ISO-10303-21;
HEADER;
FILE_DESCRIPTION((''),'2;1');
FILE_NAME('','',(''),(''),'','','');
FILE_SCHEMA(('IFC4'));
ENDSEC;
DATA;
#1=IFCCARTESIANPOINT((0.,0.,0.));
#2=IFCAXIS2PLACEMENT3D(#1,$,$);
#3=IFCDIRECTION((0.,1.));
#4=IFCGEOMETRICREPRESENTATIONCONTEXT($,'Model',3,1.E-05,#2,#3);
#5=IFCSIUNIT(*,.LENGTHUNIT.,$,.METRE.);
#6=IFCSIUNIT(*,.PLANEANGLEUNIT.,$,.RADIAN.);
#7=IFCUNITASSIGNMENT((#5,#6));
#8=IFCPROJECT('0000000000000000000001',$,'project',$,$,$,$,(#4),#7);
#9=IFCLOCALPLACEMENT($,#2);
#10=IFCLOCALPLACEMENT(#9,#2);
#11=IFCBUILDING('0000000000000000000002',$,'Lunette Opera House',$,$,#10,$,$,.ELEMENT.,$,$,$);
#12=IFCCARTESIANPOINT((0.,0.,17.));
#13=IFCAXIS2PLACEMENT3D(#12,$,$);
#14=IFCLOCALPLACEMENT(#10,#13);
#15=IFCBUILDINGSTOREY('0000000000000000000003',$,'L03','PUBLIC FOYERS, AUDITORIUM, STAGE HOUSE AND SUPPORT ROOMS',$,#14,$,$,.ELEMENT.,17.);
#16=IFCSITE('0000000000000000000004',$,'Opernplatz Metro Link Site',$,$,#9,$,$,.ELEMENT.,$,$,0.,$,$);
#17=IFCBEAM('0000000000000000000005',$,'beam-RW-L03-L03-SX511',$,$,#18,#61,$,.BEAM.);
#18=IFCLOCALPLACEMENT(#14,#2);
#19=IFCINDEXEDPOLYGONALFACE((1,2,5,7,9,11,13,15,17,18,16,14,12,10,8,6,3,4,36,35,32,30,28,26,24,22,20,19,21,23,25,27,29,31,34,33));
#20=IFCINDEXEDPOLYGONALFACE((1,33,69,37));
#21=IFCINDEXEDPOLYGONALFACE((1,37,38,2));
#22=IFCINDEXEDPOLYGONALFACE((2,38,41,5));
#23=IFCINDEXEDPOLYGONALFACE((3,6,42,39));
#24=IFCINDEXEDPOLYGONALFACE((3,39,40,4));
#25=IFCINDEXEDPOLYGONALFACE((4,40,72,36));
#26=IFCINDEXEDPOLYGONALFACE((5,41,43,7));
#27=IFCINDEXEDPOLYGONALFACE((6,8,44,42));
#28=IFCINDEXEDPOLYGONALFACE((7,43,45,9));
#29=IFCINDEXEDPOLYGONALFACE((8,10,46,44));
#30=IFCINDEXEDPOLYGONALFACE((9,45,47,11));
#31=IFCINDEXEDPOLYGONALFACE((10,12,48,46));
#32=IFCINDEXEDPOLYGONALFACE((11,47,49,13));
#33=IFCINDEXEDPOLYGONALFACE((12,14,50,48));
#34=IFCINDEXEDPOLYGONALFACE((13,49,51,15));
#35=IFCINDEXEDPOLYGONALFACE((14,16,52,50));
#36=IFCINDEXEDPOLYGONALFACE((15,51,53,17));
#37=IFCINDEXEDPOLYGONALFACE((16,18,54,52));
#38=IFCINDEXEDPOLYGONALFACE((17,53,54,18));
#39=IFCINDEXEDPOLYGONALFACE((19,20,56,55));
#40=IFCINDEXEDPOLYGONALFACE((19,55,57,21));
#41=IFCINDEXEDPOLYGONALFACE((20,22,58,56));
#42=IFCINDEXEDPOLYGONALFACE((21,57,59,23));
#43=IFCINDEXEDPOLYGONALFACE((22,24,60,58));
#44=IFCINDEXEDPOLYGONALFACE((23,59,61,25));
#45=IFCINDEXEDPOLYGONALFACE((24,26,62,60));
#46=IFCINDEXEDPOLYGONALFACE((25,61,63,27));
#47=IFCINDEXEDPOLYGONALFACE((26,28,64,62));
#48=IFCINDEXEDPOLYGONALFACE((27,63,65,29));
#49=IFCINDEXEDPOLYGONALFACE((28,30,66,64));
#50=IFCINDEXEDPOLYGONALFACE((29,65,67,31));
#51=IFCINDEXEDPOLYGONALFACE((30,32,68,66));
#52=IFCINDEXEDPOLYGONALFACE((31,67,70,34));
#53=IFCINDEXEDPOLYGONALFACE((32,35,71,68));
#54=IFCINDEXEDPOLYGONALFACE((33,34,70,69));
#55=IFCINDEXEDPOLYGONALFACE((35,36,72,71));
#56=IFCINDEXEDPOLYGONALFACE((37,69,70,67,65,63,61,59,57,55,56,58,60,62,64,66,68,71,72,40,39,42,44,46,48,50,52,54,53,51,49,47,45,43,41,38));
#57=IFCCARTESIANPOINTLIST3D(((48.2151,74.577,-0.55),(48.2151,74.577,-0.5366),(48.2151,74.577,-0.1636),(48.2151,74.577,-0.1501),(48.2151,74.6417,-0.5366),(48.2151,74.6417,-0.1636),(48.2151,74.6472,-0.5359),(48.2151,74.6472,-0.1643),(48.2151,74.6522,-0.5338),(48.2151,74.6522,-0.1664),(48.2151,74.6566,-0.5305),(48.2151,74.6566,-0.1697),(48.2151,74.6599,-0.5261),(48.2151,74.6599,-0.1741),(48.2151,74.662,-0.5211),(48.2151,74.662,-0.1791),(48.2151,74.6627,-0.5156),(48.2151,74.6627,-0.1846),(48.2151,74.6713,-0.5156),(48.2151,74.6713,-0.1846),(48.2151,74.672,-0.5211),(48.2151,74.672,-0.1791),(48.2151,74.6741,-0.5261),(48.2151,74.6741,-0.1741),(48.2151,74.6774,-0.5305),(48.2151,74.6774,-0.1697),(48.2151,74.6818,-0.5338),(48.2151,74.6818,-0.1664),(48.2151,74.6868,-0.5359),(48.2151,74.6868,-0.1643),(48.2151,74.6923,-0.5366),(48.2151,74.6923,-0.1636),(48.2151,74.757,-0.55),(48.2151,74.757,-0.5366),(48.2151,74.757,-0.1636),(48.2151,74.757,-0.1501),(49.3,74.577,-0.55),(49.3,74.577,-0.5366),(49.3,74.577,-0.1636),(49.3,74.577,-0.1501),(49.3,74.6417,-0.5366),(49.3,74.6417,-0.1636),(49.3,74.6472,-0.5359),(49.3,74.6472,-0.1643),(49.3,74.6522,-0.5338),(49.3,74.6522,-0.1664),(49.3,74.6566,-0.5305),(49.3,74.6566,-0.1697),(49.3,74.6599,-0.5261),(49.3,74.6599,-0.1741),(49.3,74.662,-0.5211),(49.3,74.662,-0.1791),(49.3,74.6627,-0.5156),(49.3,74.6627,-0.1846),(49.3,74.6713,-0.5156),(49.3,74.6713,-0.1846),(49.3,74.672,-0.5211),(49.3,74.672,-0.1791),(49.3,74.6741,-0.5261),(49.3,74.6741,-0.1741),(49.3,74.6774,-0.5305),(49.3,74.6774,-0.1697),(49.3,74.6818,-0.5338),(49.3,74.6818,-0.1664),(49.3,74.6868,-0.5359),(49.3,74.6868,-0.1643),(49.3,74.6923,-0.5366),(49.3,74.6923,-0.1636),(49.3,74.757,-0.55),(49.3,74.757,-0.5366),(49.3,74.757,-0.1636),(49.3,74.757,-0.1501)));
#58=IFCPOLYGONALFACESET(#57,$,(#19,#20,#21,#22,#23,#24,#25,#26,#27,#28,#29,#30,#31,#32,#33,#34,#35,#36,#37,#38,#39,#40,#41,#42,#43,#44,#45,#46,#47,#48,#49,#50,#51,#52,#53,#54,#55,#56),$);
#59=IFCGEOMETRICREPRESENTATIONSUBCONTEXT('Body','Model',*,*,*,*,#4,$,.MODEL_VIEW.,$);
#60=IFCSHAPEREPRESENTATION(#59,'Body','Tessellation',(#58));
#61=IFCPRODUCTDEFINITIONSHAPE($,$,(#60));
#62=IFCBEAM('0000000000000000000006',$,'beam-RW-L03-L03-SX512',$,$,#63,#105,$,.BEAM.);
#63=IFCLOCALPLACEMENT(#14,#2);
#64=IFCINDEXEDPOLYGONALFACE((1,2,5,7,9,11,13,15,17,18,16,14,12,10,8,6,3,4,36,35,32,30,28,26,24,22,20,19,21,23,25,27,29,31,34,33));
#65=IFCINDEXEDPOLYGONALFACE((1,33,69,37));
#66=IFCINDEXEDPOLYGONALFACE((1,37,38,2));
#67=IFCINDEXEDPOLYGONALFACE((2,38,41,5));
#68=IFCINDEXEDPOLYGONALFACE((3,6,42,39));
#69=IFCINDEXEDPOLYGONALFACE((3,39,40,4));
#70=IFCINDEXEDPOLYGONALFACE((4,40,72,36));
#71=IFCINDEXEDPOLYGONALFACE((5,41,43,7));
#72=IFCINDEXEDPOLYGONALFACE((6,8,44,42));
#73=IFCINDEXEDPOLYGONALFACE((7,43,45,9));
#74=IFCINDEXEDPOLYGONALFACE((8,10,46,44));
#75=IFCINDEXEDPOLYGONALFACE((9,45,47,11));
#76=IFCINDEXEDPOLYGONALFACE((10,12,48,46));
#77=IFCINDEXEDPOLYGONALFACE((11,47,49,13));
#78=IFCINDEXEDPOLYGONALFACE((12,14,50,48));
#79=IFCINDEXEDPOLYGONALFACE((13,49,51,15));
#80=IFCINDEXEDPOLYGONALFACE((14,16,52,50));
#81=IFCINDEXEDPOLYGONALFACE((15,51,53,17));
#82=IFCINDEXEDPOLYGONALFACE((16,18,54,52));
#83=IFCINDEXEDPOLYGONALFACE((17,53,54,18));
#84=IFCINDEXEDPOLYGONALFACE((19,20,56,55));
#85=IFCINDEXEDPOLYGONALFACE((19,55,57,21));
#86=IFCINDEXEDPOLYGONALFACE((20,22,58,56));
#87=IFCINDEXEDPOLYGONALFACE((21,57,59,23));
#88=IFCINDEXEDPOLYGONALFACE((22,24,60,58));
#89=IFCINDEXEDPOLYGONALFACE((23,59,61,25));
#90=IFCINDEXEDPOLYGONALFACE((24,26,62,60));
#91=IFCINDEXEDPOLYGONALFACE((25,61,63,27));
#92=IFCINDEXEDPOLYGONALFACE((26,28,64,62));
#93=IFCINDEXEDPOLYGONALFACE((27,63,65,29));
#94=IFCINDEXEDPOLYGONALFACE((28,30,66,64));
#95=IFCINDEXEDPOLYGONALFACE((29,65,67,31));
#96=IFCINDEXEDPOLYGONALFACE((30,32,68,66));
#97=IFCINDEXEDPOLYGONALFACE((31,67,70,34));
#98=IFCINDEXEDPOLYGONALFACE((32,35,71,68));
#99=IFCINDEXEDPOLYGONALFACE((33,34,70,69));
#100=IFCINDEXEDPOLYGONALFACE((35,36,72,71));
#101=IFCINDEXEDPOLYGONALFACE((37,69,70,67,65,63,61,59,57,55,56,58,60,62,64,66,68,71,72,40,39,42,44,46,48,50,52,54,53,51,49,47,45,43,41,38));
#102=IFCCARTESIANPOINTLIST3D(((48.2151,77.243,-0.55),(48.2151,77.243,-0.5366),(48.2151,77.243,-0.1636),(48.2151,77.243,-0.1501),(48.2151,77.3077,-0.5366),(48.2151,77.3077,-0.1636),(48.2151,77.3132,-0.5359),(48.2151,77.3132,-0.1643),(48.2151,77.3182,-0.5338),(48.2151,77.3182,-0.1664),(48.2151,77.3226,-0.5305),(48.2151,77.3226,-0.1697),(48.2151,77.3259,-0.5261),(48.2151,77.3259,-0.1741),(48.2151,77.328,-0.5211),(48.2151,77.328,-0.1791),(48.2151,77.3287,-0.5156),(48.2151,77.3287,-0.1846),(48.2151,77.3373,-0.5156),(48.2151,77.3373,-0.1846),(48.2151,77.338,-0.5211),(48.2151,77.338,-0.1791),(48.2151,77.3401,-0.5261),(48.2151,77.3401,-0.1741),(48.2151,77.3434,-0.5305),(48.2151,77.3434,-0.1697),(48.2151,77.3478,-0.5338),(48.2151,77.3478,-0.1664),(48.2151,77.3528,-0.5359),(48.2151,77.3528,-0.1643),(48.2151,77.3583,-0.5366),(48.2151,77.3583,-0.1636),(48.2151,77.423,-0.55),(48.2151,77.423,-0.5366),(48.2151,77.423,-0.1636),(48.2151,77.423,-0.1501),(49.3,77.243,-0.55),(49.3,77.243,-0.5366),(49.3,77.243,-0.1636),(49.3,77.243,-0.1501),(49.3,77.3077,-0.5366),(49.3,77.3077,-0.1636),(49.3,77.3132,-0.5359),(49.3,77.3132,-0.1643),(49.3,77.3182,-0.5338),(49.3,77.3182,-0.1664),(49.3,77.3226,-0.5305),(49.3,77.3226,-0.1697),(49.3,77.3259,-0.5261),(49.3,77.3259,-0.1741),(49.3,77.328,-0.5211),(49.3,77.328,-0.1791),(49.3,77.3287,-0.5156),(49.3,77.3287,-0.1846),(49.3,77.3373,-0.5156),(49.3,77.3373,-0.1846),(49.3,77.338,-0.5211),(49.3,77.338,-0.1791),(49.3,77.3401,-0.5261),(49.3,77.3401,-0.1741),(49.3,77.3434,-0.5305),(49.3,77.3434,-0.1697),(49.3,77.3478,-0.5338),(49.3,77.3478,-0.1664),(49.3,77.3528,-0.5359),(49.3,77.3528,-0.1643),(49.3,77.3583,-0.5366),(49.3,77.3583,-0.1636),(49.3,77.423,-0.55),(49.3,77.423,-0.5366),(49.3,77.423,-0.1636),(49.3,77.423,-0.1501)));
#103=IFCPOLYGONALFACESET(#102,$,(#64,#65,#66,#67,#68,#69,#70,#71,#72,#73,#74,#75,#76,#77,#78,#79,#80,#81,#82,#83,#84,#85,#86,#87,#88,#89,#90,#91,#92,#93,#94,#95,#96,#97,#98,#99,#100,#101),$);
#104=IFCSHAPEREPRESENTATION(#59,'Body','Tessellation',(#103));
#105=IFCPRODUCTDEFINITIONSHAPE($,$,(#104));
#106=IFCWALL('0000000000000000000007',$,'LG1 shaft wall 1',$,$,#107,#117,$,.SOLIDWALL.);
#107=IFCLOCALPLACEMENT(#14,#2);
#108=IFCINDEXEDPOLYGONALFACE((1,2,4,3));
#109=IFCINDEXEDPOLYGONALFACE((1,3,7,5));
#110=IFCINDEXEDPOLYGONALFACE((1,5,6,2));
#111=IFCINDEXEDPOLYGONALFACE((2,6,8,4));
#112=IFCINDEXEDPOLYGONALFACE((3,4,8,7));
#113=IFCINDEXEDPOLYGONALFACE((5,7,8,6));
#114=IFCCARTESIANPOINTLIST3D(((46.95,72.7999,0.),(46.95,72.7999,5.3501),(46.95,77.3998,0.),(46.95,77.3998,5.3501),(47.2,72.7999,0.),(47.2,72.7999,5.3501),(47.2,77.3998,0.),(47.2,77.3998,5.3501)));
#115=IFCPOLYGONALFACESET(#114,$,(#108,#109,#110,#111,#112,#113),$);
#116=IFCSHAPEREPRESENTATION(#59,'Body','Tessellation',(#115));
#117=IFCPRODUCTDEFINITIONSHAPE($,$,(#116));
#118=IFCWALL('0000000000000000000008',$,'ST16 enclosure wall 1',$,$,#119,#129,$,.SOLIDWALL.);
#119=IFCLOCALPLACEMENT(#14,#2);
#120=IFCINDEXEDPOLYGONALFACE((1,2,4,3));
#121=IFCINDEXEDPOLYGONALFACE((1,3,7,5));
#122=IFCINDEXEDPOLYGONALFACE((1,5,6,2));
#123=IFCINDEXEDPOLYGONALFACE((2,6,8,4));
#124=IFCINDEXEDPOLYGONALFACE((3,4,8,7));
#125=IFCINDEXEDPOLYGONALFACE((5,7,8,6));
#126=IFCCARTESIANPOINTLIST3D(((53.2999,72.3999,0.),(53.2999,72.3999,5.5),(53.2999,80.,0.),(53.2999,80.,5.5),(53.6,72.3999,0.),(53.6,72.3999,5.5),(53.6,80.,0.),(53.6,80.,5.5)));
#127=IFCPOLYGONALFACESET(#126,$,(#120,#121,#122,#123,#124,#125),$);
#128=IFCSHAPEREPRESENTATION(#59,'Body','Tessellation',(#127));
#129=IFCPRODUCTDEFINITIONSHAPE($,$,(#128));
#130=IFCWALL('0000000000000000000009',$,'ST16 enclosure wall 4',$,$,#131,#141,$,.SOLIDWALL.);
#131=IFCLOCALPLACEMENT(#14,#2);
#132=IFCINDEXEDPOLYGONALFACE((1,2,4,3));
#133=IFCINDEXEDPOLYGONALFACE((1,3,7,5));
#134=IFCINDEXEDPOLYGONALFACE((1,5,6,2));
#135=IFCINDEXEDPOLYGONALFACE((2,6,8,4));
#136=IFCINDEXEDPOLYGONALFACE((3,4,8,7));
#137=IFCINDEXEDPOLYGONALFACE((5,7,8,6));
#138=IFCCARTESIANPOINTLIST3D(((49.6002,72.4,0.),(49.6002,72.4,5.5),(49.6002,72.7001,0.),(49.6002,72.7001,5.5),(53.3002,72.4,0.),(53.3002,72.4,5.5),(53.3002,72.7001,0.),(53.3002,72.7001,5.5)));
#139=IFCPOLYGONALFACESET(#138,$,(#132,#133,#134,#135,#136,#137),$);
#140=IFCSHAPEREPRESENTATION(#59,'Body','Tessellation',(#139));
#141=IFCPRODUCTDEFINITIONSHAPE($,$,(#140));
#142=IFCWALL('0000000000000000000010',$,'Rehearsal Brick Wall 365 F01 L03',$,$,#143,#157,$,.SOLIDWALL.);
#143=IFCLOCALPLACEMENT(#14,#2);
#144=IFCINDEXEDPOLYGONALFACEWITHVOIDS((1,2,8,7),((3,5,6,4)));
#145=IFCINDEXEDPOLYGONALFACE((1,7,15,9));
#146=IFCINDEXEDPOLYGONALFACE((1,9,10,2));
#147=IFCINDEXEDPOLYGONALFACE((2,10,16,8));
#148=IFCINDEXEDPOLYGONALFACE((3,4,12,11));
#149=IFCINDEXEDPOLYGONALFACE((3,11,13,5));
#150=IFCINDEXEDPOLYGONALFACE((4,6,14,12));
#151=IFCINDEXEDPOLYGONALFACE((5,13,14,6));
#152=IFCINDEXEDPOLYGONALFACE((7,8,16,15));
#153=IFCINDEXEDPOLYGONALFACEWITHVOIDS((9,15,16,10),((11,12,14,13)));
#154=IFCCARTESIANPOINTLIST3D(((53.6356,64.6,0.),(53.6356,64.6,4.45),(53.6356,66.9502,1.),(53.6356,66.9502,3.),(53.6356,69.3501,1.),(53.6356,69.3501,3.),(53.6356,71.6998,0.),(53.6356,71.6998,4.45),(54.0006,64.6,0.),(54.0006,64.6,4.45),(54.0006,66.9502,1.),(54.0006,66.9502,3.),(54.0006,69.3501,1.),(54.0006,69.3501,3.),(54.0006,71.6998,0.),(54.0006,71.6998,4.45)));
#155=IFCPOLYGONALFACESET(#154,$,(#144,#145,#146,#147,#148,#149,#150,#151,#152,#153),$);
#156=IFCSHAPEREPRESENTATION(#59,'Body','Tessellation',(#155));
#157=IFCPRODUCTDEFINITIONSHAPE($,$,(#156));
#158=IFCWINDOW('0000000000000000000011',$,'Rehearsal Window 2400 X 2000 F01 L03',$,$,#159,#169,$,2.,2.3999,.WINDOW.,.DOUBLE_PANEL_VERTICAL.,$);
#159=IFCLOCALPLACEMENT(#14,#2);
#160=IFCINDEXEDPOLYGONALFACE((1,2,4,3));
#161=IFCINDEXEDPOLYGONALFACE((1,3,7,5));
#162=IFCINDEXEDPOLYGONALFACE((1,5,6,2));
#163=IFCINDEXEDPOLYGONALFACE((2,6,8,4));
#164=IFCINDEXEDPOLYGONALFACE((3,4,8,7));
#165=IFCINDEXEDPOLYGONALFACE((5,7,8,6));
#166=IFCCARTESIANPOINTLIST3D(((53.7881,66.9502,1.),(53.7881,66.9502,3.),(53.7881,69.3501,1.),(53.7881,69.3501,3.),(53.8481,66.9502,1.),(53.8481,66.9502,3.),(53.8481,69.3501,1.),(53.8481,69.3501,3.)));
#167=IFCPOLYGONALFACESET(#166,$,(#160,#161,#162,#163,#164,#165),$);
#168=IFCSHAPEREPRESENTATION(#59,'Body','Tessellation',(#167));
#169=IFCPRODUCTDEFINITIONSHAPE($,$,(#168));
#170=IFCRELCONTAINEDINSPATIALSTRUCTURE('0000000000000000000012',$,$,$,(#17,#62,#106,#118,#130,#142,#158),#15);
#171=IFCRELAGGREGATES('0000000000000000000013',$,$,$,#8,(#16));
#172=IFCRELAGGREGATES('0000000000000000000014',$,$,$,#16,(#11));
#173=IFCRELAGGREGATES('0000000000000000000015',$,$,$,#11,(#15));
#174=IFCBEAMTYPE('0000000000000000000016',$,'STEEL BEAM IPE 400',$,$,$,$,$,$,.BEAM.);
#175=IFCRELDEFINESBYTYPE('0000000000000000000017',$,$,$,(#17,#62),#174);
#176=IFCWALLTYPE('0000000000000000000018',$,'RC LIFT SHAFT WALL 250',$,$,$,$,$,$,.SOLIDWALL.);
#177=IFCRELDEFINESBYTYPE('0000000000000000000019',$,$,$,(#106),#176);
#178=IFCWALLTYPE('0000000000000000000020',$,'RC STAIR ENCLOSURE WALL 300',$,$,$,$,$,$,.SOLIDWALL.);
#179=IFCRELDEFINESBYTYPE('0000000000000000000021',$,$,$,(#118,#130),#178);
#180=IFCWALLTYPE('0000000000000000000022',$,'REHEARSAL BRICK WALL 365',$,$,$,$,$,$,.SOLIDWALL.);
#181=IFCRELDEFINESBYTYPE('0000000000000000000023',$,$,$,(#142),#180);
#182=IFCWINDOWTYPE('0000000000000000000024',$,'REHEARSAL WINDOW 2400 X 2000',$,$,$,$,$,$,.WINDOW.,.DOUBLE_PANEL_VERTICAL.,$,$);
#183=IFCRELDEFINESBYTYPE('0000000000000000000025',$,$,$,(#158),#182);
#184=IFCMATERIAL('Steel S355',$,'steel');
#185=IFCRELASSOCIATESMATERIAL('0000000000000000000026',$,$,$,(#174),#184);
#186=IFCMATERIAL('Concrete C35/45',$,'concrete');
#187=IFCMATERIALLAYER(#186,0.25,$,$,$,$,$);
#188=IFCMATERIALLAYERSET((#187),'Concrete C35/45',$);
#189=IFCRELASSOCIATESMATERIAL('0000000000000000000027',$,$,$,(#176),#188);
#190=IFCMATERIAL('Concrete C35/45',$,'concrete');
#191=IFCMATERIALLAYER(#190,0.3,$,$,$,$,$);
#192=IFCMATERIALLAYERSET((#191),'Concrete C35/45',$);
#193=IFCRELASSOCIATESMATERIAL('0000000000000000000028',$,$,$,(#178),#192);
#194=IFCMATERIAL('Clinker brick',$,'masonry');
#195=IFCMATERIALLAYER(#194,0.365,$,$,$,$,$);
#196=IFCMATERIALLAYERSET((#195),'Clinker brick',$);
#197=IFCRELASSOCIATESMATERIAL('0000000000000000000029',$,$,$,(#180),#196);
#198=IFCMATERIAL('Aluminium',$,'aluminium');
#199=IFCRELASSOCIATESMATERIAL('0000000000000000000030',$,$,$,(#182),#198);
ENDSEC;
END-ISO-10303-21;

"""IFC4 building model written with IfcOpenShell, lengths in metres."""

from ifc_helpers import new_model, si_unit, direction, frame, frame_2d, origin, origin_2d, place, context, subcontext, project, spatial, rectangle, i_section, extrude, material, layer, layer_set, material_profile, profile_set, type_object, element, fill, save


model = new_model("IFC4")

# Units and contexts
model_context = context("Model", 3, precision=1e-05, world=origin(), true_north=direction((0.0, 1.0)))
body_context = subcontext(model_context, "Body", "Model", "MODEL_VIEW")
ifc_project = project(units=[si_unit("LENGTHUNIT", "METRE"), si_unit("PLANEANGLEUNIT", "RADIAN")], contexts=[model_context])

# Site, building, storey
site_placement = place(None, origin())
site = spatial("IfcSite", under=ifc_project, at=site_placement, Name="Opernplatz Metro Link Site", CompositionType="ELEMENT", RefElevation=0.0)
building_placement = place(site_placement, origin())
building = spatial("IfcBuilding", under=site, at=building_placement, Name="Lunette Opera House", CompositionType="ELEMENT")
storey_placement = place(building_placement, frame((0.0, 0.0, 17.0)))
storey = spatial("IfcBuildingStorey", under=building, at=storey_placement, Name="L03", Description="PUBLIC FOYERS, AUDITORIUM, STAGE HOUSE AND SUPPORT ROOMS", CompositionType="ELEMENT", Elevation=17.0)

# Beams
ifc_material_1 = material(Name="Steel S355", Category="steel")
ifc_material_profile_1 = material_profile(ifc_material_1, i_section(OverallWidth=0.1799, OverallDepth=0.3999, WebThickness=0.0085, FlangeThickness=0.0134, FilletRadius=0.021, at=origin_2d()), Name="IPE 400")
ifc_profile_set_1 = profile_set([ifc_material_profile_1], Name="Steel S355")
beam_type_1 = type_object("IfcBeamType", Name="STEEL BEAM IPE 400", PredefinedType="BEAM", material=ifc_profile_set_1)
for number, where, z_axis, x_axis, name in (
    (1, (48.2151, 74.667, -0.3501), (1.0, 0.0, 0.0), (0.0, 1.0, 0.0), "beam-RW-L03-L03-SX511"),
    (2, (48.2151, 77.333, -0.3501), (1.0, 0.0, 0.0), (0.0, 1.0, 0.0), "beam-RW-L03-L03-SX512"),
):
    element("IfcBeam", number, at=place(storey_placement, frame(where, z_axis=z_axis, x_axis=x_axis)), inside=storey, type_object=beam_type_1, Name=name, PredefinedType="BEAM", context=body_context, shape_type="SweptSolid", body=[
        extrude(i_section(OverallWidth=0.1799, OverallDepth=0.3999, WebThickness=0.0085, FlangeThickness=0.0134, FilletRadius=0.021, at=origin_2d()), origin(), (0.0, 0.0, 1.0), 1.085),
    ])

# Walls
ifc_material_2 = material(Name="Concrete C35/45", Category="concrete")
ifc_layer_1 = layer(ifc_material_2, 0.25)
ifc_layer_set_1 = layer_set([ifc_layer_1], Name="Concrete C35/45")
wall_type_1 = type_object("IfcWallType", Name="RC LIFT SHAFT WALL 250", PredefinedType="SOLIDWALL", material=ifc_layer_set_1)
wall_1_placement = place(storey_placement, frame((47.075, 72.8, 0.0), z_axis=(0.0, 0.0, 1.0), x_axis=(0.0, 1.0, 0.0)))
element("IfcWall", 3, at=wall_1_placement, inside=storey, type_object=wall_type_1, Name="LG1 shaft wall 1", PredefinedType="SOLIDWALL", context=body_context, shape_type="SweptSolid", body=[
    extrude(rectangle(XDim=4.5999, YDim=0.25, at=frame_2d((2.2998, 0.0))), origin(), (0.0, 0.0, 1.0), 5.3501),
])
ifc_material_3 = material(Name="Concrete C35/45", Category="concrete")
ifc_layer_2 = layer(ifc_material_3, 0.3)
ifc_layer_set_2 = layer_set([ifc_layer_2], Name="Concrete C35/45")
wall_type_2 = type_object("IfcWallType", Name="RC STAIR ENCLOSURE WALL 300", PredefinedType="SOLIDWALL", material=ifc_layer_set_2)
wall_2_placement = place(storey_placement, frame((53.45, 72.3999, 0.0), z_axis=(0.0, 0.0, 1.0), x_axis=(0.0, 1.0, 0.0)))
element("IfcWall", 4, at=wall_2_placement, inside=storey, type_object=wall_type_2, Name="ST16 enclosure wall 1", PredefinedType="SOLIDWALL", context=body_context, shape_type="SweptSolid", body=[
    extrude(rectangle(XDim=7.6001, YDim=0.3, at=frame_2d((3.8, 0.0))), origin(), (0.0, 0.0, 1.0), 5.5),
])
wall_3_placement = place(storey_placement, frame((49.6001, 72.55, 0.0), z_axis=(0.0, 0.0, 1.0), x_axis=(1.0, 0.0, 0.0)))
element("IfcWall", 5, at=wall_3_placement, inside=storey, type_object=wall_type_2, Name="ST16 enclosure wall 4", PredefinedType="SOLIDWALL", context=body_context, shape_type="SweptSolid", body=[
    extrude(rectangle(XDim=3.7, YDim=0.3, at=frame_2d((1.8501, 0.0))), origin(), (0.0, 0.0, 1.0), 5.5),
])

# Wall, opening, window
ifc_material_4 = material(Name="Clinker brick", Category="masonry")
ifc_layer_3 = layer(ifc_material_4, 0.365)
ifc_layer_set_3 = layer_set([ifc_layer_3], Name="Clinker brick")
wall_type_3 = type_object("IfcWallType", Name="REHEARSAL BRICK WALL 365", PredefinedType="SOLIDWALL", material=ifc_layer_set_3)
wall_4_placement = place(storey_placement, frame((53.8181, 64.6001, 0.0), z_axis=(0.0, 0.0, 1.0), x_axis=(0.0, 1.0, 0.0)))
wall_4 = element("IfcWall", 6, at=wall_4_placement, inside=storey, type_object=wall_type_3, Name="Rehearsal Brick Wall 365 F01 L03", PredefinedType="SOLIDWALL", context=body_context, shape_type="SweptSolid", body=[
    extrude(rectangle(XDim=7.0999, YDim=0.365, at=frame_2d((3.5498, 0.0))), origin(), (0.0, 0.0, 1.0), 4.45),
])
opening_placement = place(wall_4_placement, frame((2.3501, 0.0, 1.0)))
opening = element("IfcOpeningElement", 7, at=opening_placement, cuts=wall_4, PredefinedType="OPENING", context=body_context, shape_type="SweptSolid", body=[
    extrude(rectangle(XDim=2.3999, YDim=2.0, at=frame_2d((1.2, 1.0))), frame((0.0, 0.1946, 0.0), z_axis=(0.0, -1.0, 0.0), x_axis=(1.0, 0.0, 0.0)), (0.0, 0.0, 1.0), 0.3889),
])
ifc_material_5 = material(Name="Aluminium", Category="aluminium")
window_type = type_object("IfcWindowType", Name="REHEARSAL WINDOW 2400 X 2000", PartitioningType="DOUBLE_PANEL_VERTICAL", PredefinedType="WINDOW", material=ifc_material_5)
window_placement = place(opening_placement, origin())
window = element("IfcWindow", 8, at=window_placement, inside=storey, type_object=window_type, Name="Rehearsal Window 2400 X 2000 F01 L03", OverallHeight=2.0, OverallWidth=2.3999, PartitioningType="DOUBLE_PANEL_VERTICAL", PredefinedType="WINDOW", context=body_context, shape_type="SweptSolid", body=[
    extrude(rectangle(XDim=2.3999, YDim=2.0, at=frame_2d((1.2, 1.0))), frame((0.0, 0.03, 0.0), z_axis=(0.0, -1.0, 0.0), x_axis=(1.0, 0.0, 0.0)), (0.0, 0.0, 1.0), 0.0601),
])
fill(opening, window)

save(model, "model.ifc")
